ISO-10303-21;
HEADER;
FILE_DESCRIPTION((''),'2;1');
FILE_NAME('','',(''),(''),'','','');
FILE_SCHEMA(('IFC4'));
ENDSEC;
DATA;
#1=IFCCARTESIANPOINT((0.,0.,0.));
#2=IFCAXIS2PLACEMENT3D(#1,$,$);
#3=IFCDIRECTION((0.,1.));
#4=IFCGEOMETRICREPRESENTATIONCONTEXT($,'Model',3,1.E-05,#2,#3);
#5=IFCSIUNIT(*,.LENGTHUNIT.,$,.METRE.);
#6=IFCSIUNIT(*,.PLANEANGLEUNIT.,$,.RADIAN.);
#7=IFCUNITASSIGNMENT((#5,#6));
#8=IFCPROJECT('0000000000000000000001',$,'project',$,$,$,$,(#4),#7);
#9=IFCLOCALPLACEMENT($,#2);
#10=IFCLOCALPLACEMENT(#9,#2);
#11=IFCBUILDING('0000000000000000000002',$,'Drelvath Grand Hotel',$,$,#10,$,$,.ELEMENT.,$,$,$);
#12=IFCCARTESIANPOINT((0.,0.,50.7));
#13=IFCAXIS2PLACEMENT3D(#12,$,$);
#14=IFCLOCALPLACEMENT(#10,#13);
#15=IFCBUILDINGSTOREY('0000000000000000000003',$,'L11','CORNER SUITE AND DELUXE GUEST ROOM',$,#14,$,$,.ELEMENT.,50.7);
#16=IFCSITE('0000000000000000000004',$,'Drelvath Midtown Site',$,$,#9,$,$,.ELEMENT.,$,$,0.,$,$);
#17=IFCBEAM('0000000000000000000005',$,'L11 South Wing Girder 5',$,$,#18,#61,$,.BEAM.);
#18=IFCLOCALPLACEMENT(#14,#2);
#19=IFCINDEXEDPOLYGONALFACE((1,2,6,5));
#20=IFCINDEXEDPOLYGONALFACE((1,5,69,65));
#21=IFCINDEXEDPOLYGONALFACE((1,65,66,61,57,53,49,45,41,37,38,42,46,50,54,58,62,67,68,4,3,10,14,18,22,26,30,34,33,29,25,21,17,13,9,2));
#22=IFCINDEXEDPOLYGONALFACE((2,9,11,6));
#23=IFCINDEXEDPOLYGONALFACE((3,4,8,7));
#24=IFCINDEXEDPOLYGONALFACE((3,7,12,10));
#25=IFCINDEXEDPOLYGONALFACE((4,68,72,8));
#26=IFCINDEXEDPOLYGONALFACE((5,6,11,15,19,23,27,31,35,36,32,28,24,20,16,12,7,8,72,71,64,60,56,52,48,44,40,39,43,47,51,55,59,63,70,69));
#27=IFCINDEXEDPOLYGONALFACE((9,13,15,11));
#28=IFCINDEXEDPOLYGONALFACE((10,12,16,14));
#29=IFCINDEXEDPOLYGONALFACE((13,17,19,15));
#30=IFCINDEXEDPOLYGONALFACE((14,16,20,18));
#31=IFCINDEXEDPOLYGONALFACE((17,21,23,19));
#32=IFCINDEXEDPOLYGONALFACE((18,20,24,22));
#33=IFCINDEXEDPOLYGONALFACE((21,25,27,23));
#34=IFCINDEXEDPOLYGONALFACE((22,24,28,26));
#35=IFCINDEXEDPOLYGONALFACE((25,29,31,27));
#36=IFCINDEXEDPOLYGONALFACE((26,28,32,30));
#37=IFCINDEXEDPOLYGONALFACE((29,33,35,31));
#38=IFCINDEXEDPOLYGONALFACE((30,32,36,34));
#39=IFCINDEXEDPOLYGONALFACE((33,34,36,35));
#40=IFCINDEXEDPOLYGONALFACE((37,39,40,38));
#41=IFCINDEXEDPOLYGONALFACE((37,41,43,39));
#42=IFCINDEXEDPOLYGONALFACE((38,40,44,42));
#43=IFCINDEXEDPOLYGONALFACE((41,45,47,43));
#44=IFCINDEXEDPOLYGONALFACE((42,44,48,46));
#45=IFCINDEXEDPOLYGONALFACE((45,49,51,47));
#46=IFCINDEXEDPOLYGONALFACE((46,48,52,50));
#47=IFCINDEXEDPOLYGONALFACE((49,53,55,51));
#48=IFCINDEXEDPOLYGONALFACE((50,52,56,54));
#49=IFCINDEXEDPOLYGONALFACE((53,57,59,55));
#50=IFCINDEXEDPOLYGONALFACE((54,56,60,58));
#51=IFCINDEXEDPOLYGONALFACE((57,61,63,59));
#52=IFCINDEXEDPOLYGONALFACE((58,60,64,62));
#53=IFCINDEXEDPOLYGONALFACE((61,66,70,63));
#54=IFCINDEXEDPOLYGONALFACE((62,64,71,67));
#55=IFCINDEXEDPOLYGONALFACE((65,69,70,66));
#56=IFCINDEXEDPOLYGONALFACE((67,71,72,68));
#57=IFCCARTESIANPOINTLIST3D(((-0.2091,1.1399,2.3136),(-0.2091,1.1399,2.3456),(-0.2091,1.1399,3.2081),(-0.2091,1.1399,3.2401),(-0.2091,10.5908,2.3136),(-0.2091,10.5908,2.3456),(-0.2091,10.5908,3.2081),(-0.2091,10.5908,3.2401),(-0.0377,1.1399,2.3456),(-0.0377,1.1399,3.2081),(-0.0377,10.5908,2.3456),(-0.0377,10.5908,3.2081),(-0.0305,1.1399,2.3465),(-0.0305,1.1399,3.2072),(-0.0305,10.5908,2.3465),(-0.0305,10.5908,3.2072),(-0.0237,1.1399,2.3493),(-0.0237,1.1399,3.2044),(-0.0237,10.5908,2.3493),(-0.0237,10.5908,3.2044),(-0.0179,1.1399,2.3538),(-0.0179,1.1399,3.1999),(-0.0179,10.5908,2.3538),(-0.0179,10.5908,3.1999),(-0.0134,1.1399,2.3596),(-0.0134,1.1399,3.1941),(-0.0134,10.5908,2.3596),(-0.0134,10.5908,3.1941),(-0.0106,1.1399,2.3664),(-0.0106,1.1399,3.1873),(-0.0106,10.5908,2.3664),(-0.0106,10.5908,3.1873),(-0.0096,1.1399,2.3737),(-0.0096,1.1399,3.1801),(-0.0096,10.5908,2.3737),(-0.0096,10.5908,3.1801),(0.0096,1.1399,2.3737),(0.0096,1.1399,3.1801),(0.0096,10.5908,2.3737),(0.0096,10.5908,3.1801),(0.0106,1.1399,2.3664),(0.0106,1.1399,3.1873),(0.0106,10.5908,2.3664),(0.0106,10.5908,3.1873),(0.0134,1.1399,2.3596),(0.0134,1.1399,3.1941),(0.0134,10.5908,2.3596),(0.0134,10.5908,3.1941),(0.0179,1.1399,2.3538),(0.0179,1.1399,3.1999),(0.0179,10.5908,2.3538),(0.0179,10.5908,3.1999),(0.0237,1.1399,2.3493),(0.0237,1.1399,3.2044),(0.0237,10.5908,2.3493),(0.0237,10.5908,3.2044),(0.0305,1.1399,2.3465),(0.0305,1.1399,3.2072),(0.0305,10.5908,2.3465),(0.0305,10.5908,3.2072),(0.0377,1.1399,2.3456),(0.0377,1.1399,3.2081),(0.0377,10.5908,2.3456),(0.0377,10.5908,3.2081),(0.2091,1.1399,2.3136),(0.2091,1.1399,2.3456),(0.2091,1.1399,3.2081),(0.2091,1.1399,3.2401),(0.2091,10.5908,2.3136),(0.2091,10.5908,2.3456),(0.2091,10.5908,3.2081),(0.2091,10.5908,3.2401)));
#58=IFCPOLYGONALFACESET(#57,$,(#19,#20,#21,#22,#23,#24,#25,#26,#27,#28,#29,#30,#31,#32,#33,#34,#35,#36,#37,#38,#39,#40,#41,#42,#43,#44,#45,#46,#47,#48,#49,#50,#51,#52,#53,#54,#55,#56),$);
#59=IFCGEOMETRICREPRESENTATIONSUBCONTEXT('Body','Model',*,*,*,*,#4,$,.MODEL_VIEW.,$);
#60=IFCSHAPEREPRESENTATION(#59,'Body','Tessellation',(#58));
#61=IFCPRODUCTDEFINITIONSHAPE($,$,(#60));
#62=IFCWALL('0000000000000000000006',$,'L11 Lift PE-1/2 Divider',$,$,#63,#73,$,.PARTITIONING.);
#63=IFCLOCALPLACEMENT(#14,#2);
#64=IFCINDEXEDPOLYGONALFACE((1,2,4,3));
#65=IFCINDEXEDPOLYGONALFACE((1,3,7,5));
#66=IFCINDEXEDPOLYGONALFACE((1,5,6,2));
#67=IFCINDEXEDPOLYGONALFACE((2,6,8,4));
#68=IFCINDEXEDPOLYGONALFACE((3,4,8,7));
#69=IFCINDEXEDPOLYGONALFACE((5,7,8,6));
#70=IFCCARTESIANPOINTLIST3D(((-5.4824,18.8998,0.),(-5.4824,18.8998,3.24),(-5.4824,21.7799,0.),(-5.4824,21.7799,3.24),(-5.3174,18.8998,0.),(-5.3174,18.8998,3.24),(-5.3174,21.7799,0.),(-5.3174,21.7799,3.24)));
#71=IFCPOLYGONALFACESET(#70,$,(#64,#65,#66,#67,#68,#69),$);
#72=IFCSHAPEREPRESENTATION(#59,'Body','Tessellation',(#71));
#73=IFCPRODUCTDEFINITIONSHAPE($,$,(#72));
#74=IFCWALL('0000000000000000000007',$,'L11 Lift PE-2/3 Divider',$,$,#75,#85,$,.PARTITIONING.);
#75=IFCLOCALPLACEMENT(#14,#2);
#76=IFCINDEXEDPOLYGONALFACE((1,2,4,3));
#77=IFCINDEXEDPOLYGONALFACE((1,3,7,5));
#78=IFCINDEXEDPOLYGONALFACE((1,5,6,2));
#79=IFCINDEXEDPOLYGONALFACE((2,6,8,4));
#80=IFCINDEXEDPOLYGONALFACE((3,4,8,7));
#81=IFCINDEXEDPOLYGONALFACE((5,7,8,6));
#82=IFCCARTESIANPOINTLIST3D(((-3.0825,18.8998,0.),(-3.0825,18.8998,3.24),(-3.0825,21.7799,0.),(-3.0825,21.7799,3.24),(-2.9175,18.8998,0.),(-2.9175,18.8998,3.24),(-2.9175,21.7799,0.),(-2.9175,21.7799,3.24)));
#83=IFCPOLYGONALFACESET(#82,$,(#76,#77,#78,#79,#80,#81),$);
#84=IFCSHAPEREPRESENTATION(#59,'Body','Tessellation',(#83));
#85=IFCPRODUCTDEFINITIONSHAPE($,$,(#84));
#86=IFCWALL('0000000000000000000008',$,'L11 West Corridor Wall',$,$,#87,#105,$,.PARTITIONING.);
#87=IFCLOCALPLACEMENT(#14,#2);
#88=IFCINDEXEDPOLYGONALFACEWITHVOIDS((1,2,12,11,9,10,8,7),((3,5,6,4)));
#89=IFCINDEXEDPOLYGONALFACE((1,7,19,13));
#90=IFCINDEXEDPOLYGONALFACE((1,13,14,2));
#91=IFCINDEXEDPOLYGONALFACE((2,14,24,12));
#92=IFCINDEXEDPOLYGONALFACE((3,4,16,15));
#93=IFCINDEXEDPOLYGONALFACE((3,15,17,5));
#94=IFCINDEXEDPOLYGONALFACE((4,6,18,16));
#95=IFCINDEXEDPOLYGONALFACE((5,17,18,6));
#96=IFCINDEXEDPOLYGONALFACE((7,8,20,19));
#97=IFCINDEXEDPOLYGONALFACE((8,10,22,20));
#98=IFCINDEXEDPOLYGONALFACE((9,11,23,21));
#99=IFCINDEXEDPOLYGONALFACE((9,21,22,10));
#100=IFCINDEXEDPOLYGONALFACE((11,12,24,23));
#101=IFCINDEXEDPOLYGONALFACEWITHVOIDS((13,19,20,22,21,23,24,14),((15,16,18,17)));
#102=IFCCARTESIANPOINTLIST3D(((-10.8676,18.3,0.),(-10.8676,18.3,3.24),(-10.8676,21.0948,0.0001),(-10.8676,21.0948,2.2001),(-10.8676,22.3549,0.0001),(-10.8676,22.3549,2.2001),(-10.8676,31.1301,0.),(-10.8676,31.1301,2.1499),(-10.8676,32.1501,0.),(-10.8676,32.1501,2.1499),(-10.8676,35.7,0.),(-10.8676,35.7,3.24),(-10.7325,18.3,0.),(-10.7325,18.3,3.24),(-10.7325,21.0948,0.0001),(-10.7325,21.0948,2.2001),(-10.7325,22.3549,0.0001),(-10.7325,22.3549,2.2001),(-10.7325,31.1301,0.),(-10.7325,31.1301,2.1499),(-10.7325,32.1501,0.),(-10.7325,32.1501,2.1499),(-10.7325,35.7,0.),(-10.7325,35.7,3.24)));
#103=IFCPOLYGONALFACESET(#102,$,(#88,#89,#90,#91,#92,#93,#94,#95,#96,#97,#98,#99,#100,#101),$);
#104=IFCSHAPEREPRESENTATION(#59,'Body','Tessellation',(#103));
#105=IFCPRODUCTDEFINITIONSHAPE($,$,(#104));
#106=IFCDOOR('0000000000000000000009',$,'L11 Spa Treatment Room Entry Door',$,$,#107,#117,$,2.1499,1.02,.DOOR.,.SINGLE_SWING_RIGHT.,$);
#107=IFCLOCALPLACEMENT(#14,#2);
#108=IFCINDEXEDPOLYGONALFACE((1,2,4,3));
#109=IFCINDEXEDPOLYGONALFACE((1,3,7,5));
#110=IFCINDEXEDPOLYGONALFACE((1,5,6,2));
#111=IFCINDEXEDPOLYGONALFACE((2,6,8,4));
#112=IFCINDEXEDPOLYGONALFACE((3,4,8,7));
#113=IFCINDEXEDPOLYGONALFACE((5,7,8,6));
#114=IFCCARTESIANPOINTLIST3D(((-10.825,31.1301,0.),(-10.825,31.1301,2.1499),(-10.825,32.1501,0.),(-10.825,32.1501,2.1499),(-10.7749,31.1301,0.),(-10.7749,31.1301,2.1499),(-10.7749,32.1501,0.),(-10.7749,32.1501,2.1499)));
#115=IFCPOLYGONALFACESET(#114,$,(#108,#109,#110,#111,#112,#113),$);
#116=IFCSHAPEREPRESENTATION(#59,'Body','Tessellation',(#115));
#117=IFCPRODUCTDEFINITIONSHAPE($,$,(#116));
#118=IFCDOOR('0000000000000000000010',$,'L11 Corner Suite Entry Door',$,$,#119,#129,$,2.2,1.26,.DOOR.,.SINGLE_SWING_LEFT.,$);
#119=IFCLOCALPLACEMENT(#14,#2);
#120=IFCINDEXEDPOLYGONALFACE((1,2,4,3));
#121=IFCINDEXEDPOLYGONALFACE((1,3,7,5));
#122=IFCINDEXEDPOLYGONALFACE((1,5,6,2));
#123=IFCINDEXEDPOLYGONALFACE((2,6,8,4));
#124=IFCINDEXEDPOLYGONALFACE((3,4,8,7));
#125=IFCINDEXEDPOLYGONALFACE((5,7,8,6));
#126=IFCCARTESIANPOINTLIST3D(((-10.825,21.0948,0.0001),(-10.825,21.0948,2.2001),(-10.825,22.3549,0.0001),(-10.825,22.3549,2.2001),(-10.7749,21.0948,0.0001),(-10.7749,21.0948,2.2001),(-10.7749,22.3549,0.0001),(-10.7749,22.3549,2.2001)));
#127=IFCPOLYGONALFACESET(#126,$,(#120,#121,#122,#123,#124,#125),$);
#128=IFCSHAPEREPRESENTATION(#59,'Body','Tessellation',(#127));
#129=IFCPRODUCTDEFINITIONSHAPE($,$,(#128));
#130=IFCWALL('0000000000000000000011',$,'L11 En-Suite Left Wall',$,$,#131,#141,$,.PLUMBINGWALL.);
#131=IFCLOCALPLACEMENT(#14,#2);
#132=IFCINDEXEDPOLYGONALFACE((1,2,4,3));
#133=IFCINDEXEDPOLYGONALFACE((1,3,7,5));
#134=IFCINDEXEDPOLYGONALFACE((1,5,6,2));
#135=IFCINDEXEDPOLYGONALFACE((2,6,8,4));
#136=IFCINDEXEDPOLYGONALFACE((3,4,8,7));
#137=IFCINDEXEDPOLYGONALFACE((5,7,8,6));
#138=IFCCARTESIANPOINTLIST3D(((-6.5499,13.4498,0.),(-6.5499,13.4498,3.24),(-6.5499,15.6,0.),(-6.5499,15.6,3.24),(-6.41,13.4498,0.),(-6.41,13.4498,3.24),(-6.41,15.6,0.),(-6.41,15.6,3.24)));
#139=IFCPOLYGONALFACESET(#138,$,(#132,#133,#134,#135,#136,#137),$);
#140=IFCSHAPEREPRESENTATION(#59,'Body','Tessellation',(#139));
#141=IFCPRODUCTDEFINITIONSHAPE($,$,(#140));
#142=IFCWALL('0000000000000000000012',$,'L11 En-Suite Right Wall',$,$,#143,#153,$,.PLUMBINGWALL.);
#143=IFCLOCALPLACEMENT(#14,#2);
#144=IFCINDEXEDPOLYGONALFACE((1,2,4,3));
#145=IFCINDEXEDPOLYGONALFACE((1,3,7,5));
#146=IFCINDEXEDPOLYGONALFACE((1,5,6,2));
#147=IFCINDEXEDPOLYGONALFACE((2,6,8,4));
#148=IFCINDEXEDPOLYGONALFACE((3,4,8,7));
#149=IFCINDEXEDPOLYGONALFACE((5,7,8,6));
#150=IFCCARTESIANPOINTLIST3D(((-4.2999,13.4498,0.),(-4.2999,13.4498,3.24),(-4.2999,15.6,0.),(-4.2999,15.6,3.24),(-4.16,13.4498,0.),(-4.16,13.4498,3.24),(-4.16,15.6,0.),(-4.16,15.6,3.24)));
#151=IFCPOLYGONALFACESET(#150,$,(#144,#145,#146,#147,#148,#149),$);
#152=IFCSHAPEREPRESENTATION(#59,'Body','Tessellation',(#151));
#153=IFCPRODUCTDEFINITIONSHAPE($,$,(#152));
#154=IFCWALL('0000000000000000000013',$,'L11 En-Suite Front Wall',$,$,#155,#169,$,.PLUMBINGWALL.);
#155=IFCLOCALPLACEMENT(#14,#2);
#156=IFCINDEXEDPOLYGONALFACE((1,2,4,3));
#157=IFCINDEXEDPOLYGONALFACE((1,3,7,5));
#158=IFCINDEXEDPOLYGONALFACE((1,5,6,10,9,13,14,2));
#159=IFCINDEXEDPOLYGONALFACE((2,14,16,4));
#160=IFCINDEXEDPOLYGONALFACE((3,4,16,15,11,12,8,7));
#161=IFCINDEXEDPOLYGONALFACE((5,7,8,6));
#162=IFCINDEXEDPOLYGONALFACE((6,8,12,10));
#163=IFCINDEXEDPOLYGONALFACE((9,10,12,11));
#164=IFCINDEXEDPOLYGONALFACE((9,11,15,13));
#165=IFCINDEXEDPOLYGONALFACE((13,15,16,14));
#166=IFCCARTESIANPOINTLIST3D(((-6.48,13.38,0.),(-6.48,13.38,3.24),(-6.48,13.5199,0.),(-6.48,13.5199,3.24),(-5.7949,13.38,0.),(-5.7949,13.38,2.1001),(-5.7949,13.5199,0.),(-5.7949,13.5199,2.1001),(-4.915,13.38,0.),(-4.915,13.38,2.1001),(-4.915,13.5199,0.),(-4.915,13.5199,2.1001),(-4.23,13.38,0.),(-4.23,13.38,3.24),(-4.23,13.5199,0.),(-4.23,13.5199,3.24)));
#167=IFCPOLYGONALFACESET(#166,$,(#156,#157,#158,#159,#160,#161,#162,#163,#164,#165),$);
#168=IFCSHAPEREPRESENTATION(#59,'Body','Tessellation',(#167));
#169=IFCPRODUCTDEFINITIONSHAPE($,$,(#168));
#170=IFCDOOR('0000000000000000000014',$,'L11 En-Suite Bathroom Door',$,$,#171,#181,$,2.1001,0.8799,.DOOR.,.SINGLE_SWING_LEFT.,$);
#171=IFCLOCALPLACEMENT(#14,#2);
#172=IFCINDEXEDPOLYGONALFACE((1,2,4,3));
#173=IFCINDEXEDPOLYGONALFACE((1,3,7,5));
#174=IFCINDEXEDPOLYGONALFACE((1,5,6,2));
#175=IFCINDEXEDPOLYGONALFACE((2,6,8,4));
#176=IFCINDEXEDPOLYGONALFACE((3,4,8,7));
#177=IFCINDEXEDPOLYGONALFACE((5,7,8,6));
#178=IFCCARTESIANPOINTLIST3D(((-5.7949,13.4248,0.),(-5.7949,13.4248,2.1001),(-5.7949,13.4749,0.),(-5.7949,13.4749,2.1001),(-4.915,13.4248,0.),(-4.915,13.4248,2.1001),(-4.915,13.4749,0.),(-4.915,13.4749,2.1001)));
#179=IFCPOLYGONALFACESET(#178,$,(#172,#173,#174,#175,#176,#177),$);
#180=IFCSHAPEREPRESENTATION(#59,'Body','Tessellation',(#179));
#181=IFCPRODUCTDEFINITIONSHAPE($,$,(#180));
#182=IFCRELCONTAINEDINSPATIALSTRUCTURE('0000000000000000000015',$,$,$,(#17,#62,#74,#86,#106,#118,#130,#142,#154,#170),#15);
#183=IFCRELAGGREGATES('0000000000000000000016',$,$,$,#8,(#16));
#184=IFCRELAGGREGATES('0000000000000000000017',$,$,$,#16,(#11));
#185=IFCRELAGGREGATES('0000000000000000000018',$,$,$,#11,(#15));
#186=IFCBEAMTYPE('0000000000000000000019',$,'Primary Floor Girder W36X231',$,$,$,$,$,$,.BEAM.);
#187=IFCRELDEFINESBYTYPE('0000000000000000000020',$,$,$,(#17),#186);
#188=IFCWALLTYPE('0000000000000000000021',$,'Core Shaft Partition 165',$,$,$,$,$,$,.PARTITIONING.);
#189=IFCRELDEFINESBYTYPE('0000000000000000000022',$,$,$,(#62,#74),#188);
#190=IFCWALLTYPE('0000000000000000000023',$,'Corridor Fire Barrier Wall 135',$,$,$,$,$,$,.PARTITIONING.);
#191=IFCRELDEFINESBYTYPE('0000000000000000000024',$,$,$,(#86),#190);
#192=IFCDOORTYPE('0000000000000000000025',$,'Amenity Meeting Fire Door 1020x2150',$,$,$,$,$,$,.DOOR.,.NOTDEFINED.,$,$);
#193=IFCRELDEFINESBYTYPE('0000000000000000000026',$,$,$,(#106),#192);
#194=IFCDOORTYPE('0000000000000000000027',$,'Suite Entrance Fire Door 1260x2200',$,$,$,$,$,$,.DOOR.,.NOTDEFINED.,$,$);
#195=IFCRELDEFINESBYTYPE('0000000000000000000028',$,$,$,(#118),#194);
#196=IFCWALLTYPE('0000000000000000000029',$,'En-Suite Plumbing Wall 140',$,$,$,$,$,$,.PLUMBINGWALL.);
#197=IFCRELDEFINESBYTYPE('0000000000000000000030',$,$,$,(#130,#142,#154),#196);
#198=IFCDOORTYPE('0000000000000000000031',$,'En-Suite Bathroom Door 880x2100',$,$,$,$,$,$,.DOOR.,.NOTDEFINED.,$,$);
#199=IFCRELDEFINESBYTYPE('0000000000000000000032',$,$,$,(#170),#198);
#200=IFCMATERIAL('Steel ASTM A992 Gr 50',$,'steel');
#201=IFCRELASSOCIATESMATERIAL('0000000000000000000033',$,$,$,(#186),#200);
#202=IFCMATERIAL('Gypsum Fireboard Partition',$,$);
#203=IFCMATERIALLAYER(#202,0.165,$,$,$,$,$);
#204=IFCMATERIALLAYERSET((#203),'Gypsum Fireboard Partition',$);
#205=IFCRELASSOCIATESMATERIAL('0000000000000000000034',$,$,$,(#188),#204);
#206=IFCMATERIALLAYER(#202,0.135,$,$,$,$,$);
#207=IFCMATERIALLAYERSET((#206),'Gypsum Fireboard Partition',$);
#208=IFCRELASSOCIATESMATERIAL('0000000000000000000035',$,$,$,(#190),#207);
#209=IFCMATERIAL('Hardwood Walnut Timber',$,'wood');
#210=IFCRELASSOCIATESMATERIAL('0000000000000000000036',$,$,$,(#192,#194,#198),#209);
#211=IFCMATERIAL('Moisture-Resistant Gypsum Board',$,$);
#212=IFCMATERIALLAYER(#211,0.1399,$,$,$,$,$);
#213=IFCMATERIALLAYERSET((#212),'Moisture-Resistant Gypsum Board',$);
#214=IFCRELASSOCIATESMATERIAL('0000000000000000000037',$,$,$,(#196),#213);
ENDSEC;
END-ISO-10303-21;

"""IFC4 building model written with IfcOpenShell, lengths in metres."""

from ifc_helpers import new_model, si_unit, direction, frame, frame_2d, origin, origin_2d, place, context, subcontext, project, spatial, rectangle, i_section, extrude, material, layer, layer_set, material_profile, profile_set, type_object, element, fill, save


model = new_model("IFC4")

# Units and contexts
model_context = context("Model", 3, precision=1e-05, world=origin(), true_north=direction((0.0, 1.0)))
body_context = subcontext(model_context, "Body", "Model", "MODEL_VIEW")
ifc_project = project(units=[si_unit("LENGTHUNIT", "METRE"), si_unit("PLANEANGLEUNIT", "RADIAN")], contexts=[model_context])

# Site, building, storey
site_placement = place(None, origin())
site = spatial("IfcSite", under=ifc_project, at=site_placement, Name="Drelvath Midtown Site", CompositionType="ELEMENT", RefElevation=0.0)
building_placement = place(site_placement, origin())
building = spatial("IfcBuilding", under=site, at=building_placement, Name="Drelvath Grand Hotel", CompositionType="ELEMENT")
storey_placement = place(building_placement, frame((0.0, 0.0, 50.7)))
storey = spatial("IfcBuildingStorey", under=building, at=storey_placement, Name="L11", Description="CORNER SUITE AND DELUXE GUEST ROOM", CompositionType="ELEMENT", Elevation=50.7)

# Beam
ifc_material_1 = material(Name="Steel ASTM A992 Gr 50", Category="steel")
ifc_material_profile_1 = material_profile(ifc_material_1, i_section(OverallWidth=0.4182, OverallDepth=0.9265, WebThickness=0.0193, FlangeThickness=0.032, FilletRadius=0.0281, at=origin_2d()), Name="W36X231")
ifc_profile_set_1 = profile_set([ifc_material_profile_1], Name="Steel ASTM A992 Gr 50")
beam_type_1 = type_object("IfcBeamType", Name="Primary Floor Girder W36X231", PredefinedType="BEAM", material=ifc_profile_set_1)
beam_1_placement = place(storey_placement, frame((0.0, 1.1399, 2.7769), z_axis=(0.0, 1.0, 0.0), x_axis=(-1.0, 0.0, 0.0)))
element("IfcBeam", 1, at=beam_1_placement, inside=storey, type_object=beam_type_1, Name="L11 South Wing Girder 5", PredefinedType="BEAM", context=body_context, shape_type="SweptSolid", body=[
    extrude(i_section(OverallWidth=0.4182, OverallDepth=0.9265, WebThickness=0.0193, FlangeThickness=0.032, FilletRadius=0.0281, at=origin_2d()), origin(), (0.0, 0.0, 1.0), 9.4509),
])

# Walls
ifc_material_2 = material(Name="Gypsum Fireboard Partition")
ifc_layer_1 = layer(ifc_material_2, 0.165)
ifc_layer_set_1 = layer_set([ifc_layer_1], Name="Gypsum Fireboard Partition")
wall_type_1 = type_object("IfcWallType", Name="Core Shaft Partition 165", PredefinedType="PARTITIONING", material=ifc_layer_set_1)
for number, where, z_axis, x_axis, name in (
    (2, (-5.3999, 18.8999, 0.0), (0.0, 0.0, 1.0), (0.0, 1.0, 0.0), "L11 Lift PE-1/2 Divider"),
    (3, (-3.0, 18.8999, 0.0), (0.0, 0.0, 1.0), (0.0, 1.0, 0.0), "L11 Lift PE-2/3 Divider"),
):
    element("IfcWall", number, at=place(storey_placement, frame(where, z_axis=z_axis, x_axis=x_axis)), inside=storey, type_object=wall_type_1, Name=name, PredefinedType="PARTITIONING", context=body_context, shape_type="SweptSolid", body=[
        extrude(rectangle(XDim=2.8801, YDim=0.165, at=frame_2d((1.4399, 0.0))), origin(), (0.0, 0.0, 1.0), 3.24),
    ])

# Wall, openings, doors
ifc_layer_2 = layer(ifc_material_2, 0.135)
ifc_layer_set_2 = layer_set([ifc_layer_2], Name="Gypsum Fireboard Partition")
wall_type_2 = type_object("IfcWallType", Name="Corridor Fire Barrier Wall 135", PredefinedType="PARTITIONING", material=ifc_layer_set_2)
wall_1_placement = place(storey_placement, frame((-10.8, 18.3, 0.0), z_axis=(0.0, 0.0, 1.0), x_axis=(0.0, 1.0, 0.0)))
wall_1 = element("IfcWall", 4, at=wall_1_placement, inside=storey, type_object=wall_type_2, Name="L11 West Corridor Wall", PredefinedType="PARTITIONING", context=body_context, shape_type="SweptSolid", body=[
    extrude(rectangle(XDim=17.3999, YDim=0.135, at=frame_2d((8.7, 0.0))), origin(), (0.0, 0.0, 1.0), 3.24),
])
opening_1_placement = place(wall_1_placement, frame((2.7949, 0.0, 0.0)))
opening_1 = element("IfcOpeningElement", 5, at=opening_1_placement, cuts=wall_1, PredefinedType="OPENING", context=body_context, shape_type="SweptSolid", body=[
    extrude(rectangle(XDim=1.26, YDim=2.2, at=frame_2d((0.6299, 1.1001))), frame((0.0, 0.0774, 0.0), z_axis=(0.0, -1.0, 0.0), x_axis=(1.0, 0.0, 0.0)), (0.0, 0.0, 1.0), 0.155),
])
opening_2_placement = place(wall_1_placement, frame((12.8301, 0.0, 0.0)))
opening_2 = element("IfcOpeningElement", 6, at=opening_2_placement, cuts=wall_1, PredefinedType="OPENING", context=body_context, shape_type="SweptSolid", body=[
    extrude(rectangle(XDim=1.02, YDim=2.1499, at=frame_2d((0.51, 1.075))), frame((0.0, 0.0774, 0.0), z_axis=(0.0, -1.0, 0.0), x_axis=(1.0, 0.0, 0.0)), (0.0, 0.0, 1.0), 0.155),
])
ifc_material_3 = material(Name="Hardwood Walnut Timber", Category="wood")
door_type_1 = type_object("IfcDoorType", Name="Amenity Meeting Fire Door 1020x2150", OperationType="NOTDEFINED", PredefinedType="DOOR", material=ifc_material_3)
door_1_placement = place(opening_2_placement, origin())
door_1 = element("IfcDoor", 7, at=door_1_placement, inside=storey, type_object=door_type_1, Name="L11 Spa Treatment Room Entry Door", OperationType="SINGLE_SWING_RIGHT", OverallHeight=2.1499, OverallWidth=1.02, PredefinedType="DOOR", context=body_context, shape_type="SweptSolid", body=[
    extrude(rectangle(XDim=1.02, YDim=2.1499, at=frame_2d((0.51, 1.075))), frame((0.0, 0.0249, 0.0), z_axis=(0.0, -1.0, 0.0), x_axis=(1.0, 0.0, 0.0)), (0.0, 0.0, 1.0), 0.05),
])
fill(opening_2, door_1)
door_type_2 = type_object("IfcDoorType", Name="Suite Entrance Fire Door 1260x2200", OperationType="NOTDEFINED", PredefinedType="DOOR", material=ifc_material_3)
door_2_placement = place(opening_1_placement, origin())
door_2 = element("IfcDoor", 8, at=door_2_placement, inside=storey, type_object=door_type_2, Name="L11 Corner Suite Entry Door", OperationType="SINGLE_SWING_LEFT", OverallHeight=2.2, OverallWidth=1.26, PredefinedType="DOOR", context=body_context, shape_type="SweptSolid", body=[
    extrude(rectangle(XDim=1.26, YDim=2.2, at=frame_2d((0.6299, 1.1001))), frame((0.0, 0.0249, 0.0), z_axis=(0.0, -1.0, 0.0), x_axis=(1.0, 0.0, 0.0)), (0.0, 0.0, 1.0), 0.05),
])
fill(opening_1, door_2)

# Walls
ifc_material_4 = material(Name="Moisture-Resistant Gypsum Board")
ifc_layer_3 = layer(ifc_material_4, 0.1399)
ifc_layer_set_3 = layer_set([ifc_layer_3], Name="Moisture-Resistant Gypsum Board")
wall_type_3 = type_object("IfcWallType", Name="En-Suite Plumbing Wall 140", PredefinedType="PLUMBINGWALL", material=ifc_layer_set_3)
for number, where, z_axis, x_axis, name in (
    (9, (-6.48, 15.6001, 0.0), (0.0, 0.0, 1.0), (0.0, -1.0, 0.0), "L11 En-Suite Left Wall"),
    (10, (-4.23, 15.6001, 0.0), (0.0, 0.0, 1.0), (0.0, -1.0, 0.0), "L11 En-Suite Right Wall"),
):
    element("IfcWall", number, at=place(storey_placement, frame(where, z_axis=z_axis, x_axis=x_axis)), inside=storey, type_object=wall_type_3, Name=name, PredefinedType="PLUMBINGWALL", context=body_context, shape_type="SweptSolid", body=[
        extrude(rectangle(XDim=2.1501, YDim=0.1399, at=frame_2d((1.0752, 0.0))), origin(), (0.0, 0.0, 1.0), 3.24),
    ])

# Wall, opening, door
wall_2_placement = place(storey_placement, frame((-6.48, 13.45, 0.0), z_axis=(0.0, 0.0, 1.0), x_axis=(1.0, 0.0, 0.0)))
wall_2 = element("IfcWall", 11, at=wall_2_placement, inside=storey, type_object=wall_type_3, Name="L11 En-Suite Front Wall", PredefinedType="PLUMBINGWALL", context=body_context, shape_type="SweptSolid", body=[
    extrude(rectangle(XDim=2.25, YDim=0.1399, at=frame_2d((1.125, 0.0))), origin(), (0.0, 0.0, 1.0), 3.24),
])
opening_3_placement = place(wall_2_placement, frame((0.6851, 0.0, 0.0)))
opening_3 = element("IfcOpeningElement", 12, at=opening_3_placement, cuts=wall_2, PredefinedType="OPENING", context=body_context, shape_type="SweptSolid", body=[
    extrude(rectangle(XDim=0.8799, YDim=2.1001, at=frame_2d((0.4399, 1.05))), frame((0.0, 0.0798, 0.0), z_axis=(0.0, -1.0, 0.0), x_axis=(1.0, 0.0, 0.0)), (0.0, 0.0, 1.0), 0.1599),
])
door_type_3 = type_object("IfcDoorType", Name="En-Suite Bathroom Door 880x2100", OperationType="NOTDEFINED", PredefinedType="DOOR", material=ifc_material_3)
door_3_placement = place(opening_3_placement, origin())
door_3 = element("IfcDoor", 13, at=door_3_placement, inside=storey, type_object=door_type_3, Name="L11 En-Suite Bathroom Door", OperationType="SINGLE_SWING_LEFT", OverallHeight=2.1001, OverallWidth=0.8799, PredefinedType="DOOR", context=body_context, shape_type="SweptSolid", body=[
    extrude(rectangle(XDim=0.8799, YDim=2.1001, at=frame_2d((0.4399, 1.05))), frame((0.0, 0.0249, 0.0), z_axis=(0.0, -1.0, 0.0), x_axis=(1.0, 0.0, 0.0)), (0.0, 0.0, 1.0), 0.05),
])
fill(opening_3, door_3)

save(model, "model.ifc")
